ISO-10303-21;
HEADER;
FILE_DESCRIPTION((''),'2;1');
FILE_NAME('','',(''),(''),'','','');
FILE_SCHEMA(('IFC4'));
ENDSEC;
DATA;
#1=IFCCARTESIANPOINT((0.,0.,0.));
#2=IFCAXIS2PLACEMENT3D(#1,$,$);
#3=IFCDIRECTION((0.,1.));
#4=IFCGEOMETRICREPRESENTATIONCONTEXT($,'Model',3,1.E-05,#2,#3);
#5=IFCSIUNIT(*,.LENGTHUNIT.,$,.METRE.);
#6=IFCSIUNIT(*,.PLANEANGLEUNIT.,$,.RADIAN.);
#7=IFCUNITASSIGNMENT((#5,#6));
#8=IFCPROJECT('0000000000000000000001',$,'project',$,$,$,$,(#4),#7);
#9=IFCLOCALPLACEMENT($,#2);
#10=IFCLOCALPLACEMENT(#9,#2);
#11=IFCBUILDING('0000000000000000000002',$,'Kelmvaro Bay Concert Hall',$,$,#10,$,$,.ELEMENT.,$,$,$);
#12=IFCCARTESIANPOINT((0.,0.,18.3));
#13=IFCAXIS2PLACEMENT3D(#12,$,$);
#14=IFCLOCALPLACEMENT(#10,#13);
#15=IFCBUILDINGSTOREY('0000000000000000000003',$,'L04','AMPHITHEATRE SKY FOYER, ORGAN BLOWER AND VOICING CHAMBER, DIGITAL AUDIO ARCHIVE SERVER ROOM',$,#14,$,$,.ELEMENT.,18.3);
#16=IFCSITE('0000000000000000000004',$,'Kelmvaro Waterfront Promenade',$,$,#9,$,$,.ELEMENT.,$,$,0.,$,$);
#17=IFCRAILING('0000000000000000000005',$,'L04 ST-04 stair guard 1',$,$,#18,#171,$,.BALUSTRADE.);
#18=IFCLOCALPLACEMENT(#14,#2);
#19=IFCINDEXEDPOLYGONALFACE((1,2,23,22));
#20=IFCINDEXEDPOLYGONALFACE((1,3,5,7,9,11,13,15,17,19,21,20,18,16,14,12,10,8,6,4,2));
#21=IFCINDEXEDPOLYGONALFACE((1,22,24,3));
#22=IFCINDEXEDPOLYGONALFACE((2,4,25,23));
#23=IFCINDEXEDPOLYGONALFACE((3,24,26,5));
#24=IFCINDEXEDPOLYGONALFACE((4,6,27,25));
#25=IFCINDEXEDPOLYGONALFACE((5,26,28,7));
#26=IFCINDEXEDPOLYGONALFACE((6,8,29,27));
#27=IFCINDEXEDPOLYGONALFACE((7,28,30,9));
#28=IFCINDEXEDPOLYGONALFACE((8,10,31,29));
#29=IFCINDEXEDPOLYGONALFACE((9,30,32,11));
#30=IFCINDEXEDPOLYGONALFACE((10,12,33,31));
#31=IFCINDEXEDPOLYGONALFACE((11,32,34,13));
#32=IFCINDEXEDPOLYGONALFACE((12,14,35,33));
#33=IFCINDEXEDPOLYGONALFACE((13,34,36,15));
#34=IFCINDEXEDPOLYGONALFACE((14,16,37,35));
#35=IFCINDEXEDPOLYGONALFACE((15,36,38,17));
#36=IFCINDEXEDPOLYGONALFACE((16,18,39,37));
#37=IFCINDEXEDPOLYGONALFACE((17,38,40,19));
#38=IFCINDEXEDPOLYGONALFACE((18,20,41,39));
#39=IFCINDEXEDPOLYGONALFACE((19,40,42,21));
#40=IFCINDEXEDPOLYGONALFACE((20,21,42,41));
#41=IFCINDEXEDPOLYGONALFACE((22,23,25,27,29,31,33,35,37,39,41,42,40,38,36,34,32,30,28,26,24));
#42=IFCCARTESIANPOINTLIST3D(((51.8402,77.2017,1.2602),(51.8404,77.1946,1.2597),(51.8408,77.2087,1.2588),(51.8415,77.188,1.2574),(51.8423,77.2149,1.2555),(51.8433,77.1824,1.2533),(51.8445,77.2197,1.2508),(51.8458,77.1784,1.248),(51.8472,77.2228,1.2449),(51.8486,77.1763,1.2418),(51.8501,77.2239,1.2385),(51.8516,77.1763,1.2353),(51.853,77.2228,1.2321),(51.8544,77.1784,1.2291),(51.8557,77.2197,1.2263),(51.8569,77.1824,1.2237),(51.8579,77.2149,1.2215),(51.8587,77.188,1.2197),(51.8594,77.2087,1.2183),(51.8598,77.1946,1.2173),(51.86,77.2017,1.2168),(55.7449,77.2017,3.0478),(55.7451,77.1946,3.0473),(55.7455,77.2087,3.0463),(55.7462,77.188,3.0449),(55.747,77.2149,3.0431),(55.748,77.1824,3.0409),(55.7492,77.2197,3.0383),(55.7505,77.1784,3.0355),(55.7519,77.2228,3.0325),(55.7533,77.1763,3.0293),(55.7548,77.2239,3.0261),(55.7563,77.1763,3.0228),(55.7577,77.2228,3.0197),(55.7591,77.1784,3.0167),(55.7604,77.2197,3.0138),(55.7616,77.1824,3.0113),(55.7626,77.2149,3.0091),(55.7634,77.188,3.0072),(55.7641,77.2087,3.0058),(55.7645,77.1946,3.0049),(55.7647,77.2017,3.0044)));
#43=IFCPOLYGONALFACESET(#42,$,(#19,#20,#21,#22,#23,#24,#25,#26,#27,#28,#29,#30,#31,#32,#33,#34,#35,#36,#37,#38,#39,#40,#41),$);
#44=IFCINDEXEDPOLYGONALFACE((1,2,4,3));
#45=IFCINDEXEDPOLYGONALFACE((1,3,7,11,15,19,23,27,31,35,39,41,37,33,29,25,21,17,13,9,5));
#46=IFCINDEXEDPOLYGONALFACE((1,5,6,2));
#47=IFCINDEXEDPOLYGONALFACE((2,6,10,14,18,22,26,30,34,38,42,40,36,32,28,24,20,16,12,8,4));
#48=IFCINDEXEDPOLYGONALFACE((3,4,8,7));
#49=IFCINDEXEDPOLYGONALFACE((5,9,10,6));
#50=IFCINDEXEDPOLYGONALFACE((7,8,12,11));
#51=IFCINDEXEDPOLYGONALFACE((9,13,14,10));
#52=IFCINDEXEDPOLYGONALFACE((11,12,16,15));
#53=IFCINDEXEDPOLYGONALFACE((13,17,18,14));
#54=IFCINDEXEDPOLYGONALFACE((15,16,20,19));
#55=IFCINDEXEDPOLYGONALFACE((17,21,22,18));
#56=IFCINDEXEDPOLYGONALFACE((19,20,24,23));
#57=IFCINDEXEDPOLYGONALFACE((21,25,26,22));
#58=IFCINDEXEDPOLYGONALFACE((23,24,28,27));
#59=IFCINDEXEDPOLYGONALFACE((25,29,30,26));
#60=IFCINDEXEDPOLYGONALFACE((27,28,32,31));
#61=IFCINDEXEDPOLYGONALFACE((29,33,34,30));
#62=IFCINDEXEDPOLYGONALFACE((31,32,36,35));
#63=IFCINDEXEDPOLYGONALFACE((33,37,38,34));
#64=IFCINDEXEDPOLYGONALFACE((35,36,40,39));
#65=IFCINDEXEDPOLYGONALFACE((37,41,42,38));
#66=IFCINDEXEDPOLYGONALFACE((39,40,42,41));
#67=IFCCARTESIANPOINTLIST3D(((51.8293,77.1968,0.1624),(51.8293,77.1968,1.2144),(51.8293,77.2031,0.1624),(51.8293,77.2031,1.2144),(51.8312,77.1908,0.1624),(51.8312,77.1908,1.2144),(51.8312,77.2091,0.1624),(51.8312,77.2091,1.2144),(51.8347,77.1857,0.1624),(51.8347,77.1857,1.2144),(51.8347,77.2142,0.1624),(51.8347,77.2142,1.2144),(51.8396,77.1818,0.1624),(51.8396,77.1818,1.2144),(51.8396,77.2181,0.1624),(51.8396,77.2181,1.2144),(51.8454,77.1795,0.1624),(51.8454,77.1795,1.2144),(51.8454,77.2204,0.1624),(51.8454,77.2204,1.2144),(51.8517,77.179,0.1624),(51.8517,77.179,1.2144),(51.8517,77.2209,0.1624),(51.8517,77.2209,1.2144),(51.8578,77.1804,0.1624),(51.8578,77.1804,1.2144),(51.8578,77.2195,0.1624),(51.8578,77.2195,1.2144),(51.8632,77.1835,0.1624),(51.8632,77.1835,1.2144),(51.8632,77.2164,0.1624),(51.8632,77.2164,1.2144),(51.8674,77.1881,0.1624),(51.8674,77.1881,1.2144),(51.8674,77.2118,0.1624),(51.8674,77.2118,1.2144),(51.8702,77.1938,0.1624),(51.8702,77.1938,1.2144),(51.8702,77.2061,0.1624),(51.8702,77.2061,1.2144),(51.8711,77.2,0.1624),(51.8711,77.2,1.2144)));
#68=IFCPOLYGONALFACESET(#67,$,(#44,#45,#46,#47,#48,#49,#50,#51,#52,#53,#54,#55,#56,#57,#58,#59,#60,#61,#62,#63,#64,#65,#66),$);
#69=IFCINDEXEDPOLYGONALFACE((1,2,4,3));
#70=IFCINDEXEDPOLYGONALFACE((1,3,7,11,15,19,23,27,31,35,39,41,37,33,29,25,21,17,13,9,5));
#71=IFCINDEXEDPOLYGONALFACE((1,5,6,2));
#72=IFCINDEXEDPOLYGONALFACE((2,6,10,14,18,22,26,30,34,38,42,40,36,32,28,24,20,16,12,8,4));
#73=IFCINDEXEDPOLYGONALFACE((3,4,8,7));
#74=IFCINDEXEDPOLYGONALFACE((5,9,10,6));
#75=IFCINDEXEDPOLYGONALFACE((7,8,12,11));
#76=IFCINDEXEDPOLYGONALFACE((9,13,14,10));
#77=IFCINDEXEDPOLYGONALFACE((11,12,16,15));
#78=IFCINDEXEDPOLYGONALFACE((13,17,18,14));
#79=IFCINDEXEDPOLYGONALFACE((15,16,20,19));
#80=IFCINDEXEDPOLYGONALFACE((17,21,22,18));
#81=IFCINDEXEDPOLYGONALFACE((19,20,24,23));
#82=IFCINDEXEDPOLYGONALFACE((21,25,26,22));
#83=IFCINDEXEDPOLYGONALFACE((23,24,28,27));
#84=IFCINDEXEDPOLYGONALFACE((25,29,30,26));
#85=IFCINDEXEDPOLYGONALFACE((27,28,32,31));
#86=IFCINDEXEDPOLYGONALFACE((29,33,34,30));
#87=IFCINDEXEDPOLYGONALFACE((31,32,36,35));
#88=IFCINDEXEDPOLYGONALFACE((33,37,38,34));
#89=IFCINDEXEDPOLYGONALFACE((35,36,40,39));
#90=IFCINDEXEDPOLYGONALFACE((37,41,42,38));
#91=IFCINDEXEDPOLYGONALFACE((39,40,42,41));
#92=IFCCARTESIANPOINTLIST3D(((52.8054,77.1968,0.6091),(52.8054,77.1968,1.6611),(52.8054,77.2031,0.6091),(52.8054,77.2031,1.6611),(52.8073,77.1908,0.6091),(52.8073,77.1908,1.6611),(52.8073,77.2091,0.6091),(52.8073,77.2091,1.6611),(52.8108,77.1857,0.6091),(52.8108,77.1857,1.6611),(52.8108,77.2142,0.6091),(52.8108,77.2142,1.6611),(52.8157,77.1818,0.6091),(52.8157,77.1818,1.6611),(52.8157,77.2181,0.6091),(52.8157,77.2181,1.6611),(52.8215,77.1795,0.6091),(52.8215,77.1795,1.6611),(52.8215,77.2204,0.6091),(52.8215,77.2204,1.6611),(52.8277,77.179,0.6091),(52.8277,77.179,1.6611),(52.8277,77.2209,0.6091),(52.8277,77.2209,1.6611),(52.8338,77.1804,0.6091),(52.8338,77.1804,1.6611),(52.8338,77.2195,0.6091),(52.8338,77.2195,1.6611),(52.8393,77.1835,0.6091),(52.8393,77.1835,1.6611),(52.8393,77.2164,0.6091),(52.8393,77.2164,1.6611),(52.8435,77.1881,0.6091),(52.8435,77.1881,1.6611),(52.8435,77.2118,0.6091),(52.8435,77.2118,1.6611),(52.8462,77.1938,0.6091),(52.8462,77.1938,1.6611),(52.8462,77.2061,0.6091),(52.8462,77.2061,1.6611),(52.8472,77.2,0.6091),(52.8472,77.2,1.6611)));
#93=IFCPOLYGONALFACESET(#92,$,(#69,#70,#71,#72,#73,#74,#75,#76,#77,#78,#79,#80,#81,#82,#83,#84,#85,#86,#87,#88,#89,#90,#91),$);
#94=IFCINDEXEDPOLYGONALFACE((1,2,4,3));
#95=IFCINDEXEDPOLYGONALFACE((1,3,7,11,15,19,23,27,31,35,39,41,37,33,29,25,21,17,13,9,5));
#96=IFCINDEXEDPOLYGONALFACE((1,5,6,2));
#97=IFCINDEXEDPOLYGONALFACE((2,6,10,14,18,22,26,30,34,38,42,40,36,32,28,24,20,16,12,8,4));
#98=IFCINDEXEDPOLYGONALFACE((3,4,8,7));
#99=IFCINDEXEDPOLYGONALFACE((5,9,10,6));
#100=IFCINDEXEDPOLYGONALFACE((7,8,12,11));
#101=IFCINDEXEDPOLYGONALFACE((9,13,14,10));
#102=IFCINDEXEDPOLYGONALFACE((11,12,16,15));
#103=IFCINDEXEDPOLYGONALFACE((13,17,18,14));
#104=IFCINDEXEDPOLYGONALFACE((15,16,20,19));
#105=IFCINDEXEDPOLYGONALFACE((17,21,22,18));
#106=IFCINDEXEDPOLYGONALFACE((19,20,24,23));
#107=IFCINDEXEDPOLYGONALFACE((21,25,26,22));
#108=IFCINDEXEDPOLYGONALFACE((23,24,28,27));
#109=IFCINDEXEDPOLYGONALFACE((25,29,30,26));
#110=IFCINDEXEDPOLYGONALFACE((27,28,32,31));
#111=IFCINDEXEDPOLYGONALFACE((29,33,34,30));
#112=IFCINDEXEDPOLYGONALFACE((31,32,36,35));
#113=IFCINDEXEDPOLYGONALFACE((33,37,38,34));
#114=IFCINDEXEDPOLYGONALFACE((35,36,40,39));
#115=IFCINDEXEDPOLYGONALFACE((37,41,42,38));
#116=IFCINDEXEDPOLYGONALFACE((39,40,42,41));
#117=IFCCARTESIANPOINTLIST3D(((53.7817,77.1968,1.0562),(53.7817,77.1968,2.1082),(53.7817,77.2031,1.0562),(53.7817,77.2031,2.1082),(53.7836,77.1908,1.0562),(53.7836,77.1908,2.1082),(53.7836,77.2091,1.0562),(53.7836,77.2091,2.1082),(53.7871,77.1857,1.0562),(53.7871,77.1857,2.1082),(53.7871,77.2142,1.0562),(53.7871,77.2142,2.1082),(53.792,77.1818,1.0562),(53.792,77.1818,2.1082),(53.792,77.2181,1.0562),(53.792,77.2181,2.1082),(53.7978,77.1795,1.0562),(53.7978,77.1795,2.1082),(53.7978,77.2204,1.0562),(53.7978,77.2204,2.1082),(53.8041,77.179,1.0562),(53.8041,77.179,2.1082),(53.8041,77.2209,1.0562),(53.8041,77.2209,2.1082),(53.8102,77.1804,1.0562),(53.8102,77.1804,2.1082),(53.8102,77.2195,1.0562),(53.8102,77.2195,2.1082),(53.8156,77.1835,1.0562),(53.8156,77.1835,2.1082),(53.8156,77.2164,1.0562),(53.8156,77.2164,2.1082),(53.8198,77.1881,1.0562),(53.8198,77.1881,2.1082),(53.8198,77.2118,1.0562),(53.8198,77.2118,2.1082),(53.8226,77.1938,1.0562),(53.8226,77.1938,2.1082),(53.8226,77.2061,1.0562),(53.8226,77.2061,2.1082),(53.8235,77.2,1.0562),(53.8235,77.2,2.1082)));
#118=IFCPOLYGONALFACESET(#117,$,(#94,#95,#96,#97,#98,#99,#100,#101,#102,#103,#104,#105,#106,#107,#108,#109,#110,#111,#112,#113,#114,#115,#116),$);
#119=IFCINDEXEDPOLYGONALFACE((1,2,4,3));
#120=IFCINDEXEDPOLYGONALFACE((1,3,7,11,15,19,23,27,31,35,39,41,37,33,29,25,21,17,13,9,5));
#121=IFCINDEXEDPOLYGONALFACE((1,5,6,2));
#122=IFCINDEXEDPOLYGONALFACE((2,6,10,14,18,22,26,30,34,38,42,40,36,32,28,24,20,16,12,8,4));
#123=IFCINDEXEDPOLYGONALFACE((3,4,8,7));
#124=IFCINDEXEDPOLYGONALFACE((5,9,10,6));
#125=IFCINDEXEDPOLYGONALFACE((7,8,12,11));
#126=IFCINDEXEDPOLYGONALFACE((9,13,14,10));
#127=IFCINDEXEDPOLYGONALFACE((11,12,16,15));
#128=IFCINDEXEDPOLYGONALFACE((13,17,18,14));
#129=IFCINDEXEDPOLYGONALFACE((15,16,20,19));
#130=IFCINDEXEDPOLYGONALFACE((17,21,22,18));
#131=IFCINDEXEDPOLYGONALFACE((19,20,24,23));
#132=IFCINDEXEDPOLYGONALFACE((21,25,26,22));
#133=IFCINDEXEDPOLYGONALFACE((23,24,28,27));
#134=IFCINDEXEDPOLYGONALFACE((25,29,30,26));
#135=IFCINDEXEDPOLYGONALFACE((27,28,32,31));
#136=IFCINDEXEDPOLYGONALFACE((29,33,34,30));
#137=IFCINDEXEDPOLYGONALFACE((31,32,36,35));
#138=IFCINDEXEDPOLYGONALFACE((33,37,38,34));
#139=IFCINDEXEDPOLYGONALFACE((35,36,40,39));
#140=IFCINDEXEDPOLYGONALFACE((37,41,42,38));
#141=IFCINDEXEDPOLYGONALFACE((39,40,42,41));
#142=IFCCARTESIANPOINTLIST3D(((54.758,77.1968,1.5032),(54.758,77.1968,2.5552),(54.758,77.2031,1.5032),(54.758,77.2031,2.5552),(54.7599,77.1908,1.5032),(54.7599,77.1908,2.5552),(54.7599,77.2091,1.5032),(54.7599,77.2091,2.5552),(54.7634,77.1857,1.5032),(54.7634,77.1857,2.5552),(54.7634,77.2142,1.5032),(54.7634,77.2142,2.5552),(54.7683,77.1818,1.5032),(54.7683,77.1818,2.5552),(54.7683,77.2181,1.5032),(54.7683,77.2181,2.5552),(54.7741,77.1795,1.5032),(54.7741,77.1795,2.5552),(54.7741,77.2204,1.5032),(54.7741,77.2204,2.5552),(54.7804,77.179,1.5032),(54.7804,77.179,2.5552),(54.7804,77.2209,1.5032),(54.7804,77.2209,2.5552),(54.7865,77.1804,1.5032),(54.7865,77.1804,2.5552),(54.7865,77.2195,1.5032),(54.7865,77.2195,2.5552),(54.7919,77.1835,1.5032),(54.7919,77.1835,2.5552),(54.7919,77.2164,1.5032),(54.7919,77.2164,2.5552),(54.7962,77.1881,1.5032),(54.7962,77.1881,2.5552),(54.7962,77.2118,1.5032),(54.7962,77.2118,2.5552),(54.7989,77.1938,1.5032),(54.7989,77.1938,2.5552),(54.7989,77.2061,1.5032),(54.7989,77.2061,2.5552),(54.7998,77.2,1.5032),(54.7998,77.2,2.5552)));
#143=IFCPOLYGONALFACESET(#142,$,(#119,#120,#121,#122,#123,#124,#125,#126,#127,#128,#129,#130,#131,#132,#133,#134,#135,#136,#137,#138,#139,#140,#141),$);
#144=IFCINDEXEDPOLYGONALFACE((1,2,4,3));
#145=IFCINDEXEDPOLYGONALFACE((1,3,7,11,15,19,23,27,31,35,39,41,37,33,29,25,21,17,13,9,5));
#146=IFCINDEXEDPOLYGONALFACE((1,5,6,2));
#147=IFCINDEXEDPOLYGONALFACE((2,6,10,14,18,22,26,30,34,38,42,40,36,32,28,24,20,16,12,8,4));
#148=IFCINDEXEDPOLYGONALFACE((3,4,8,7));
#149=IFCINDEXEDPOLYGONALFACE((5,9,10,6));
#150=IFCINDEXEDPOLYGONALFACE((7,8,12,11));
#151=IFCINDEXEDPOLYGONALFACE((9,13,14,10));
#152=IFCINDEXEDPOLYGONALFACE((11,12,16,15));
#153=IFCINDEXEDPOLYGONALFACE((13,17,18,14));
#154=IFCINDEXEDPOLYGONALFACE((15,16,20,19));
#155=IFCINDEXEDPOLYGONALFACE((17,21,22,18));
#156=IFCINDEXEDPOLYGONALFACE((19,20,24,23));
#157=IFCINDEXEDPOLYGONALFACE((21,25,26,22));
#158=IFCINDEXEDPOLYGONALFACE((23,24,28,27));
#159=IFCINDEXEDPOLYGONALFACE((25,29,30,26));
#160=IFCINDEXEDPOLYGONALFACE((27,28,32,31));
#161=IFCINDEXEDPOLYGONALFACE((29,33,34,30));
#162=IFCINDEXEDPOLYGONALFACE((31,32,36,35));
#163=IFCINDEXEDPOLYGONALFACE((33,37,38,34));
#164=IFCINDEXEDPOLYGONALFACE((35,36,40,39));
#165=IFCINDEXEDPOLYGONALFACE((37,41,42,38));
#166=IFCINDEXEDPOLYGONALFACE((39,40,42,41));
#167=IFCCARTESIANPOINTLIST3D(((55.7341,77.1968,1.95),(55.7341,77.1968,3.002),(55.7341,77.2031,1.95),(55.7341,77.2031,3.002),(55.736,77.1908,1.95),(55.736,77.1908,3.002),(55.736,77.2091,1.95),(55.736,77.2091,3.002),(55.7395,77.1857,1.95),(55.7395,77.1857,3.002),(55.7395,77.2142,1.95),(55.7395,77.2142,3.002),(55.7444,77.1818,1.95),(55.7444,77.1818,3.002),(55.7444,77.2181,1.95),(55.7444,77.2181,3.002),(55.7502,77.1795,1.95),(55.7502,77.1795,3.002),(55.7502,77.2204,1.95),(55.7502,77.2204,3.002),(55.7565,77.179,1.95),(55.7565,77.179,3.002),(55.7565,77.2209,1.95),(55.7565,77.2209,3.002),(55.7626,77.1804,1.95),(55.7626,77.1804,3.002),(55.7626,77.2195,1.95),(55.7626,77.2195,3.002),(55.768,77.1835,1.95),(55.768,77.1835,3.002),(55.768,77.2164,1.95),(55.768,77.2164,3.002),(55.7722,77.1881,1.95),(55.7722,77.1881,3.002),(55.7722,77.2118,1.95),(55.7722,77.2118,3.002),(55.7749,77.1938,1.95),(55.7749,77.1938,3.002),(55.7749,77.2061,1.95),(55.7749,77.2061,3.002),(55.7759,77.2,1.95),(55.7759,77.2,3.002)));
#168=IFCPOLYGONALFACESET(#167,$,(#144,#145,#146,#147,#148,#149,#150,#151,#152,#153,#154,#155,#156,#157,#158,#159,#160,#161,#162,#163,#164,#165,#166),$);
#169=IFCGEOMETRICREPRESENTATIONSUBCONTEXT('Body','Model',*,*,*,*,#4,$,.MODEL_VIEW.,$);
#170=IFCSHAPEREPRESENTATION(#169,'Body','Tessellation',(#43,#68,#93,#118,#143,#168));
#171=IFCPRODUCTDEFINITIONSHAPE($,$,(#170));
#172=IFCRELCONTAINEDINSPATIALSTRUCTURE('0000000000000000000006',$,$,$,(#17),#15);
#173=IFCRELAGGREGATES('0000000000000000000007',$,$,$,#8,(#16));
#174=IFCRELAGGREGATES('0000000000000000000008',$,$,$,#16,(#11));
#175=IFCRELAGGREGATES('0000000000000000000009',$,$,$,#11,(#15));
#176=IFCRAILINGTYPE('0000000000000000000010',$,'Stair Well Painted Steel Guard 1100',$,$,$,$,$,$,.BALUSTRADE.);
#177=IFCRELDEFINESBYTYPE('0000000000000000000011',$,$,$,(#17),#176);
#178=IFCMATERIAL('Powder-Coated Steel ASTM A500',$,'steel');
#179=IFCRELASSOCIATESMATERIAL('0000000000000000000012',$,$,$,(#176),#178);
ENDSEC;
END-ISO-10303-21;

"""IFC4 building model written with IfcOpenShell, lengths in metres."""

from ifc_helpers import new_model, si_unit, direction, frame, origin, origin_2d, place, context, subcontext, project, spatial, circle, extrude, material, type_object, element, save


model = new_model("IFC4")

# Units and contexts
model_context = context("Model", 3, precision=1e-05, world=origin(), true_north=direction((0.0, 1.0)))
body_context = subcontext(model_context, "Body", "Model", "MODEL_VIEW")
ifc_project = project(units=[si_unit("LENGTHUNIT", "METRE"), si_unit("PLANEANGLEUNIT", "RADIAN")], contexts=[model_context])

# Site, building, storey
site_placement = place(None, origin())
site = spatial("IfcSite", under=ifc_project, at=site_placement, Name="Kelmvaro Waterfront Promenade", CompositionType="ELEMENT", RefElevation=0.0)
building_placement = place(site_placement, origin())
building = spatial("IfcBuilding", under=site, at=building_placement, Name="Kelmvaro Bay Concert Hall", CompositionType="ELEMENT")
storey_placement = place(building_placement, frame((0.0, 0.0, 18.3)))
storey = spatial("IfcBuildingStorey", under=building, at=storey_placement, Name="L04", Description="AMPHITHEATRE SKY FOYER, ORGAN BLOWER AND VOICING CHAMBER, DIGITAL AUDIO ARCHIVE SERVER ROOM", CompositionType="ELEMENT", Elevation=18.3)

# Railing
ifc_material_1 = material(Name="Powder-Coated Steel ASTM A500", Category="steel")
railing_type_1 = type_object("IfcRailingType", Name="Stair Well Painted Steel Guard 1100", PredefinedType="BALUSTRADE", material=ifc_material_1)
railing_1_placement = place(storey_placement, frame((51.8501, 77.2, 0.1624)))
element("IfcRailing", 1, at=railing_1_placement, inside=storey, type_object=railing_type_1, Name="L04 ST-04 stair guard 1", PredefinedType="BALUSTRADE", context=body_context, shape_type="SweptSolid", body=[
    extrude(circle(Radius=0.0239, at=origin_2d()), frame((0.0, 0.0, 1.0762), z_axis=(0.90925, 0.0, 0.416251), x_axis=(0.0, 1.0, 0.0)), (0.0, 0.0, 1.0), 4.2944),
    extrude(circle(Radius=0.021, at=origin_2d()), origin(), (0.0, 0.0, 1.0), 1.052),
    extrude(circle(Radius=0.021, at=origin_2d()), frame((0.9761, 0.0, 0.4468)), (0.0, 0.0, 1.0), 1.052),
    extrude(circle(Radius=0.021, at=origin_2d()), frame((1.9524, 0.0, 0.8938)), (0.0, 0.0, 1.0), 1.052),
    extrude(circle(Radius=0.021, at=origin_2d()), frame((2.9287, 0.0, 1.3408)), (0.0, 0.0, 1.0), 1.052),
    extrude(circle(Radius=0.021, at=origin_2d()), frame((3.9048, 0.0, 1.7876)), (0.0, 0.0, 1.0), 1.052),
])

save(model, "model.ifc")
